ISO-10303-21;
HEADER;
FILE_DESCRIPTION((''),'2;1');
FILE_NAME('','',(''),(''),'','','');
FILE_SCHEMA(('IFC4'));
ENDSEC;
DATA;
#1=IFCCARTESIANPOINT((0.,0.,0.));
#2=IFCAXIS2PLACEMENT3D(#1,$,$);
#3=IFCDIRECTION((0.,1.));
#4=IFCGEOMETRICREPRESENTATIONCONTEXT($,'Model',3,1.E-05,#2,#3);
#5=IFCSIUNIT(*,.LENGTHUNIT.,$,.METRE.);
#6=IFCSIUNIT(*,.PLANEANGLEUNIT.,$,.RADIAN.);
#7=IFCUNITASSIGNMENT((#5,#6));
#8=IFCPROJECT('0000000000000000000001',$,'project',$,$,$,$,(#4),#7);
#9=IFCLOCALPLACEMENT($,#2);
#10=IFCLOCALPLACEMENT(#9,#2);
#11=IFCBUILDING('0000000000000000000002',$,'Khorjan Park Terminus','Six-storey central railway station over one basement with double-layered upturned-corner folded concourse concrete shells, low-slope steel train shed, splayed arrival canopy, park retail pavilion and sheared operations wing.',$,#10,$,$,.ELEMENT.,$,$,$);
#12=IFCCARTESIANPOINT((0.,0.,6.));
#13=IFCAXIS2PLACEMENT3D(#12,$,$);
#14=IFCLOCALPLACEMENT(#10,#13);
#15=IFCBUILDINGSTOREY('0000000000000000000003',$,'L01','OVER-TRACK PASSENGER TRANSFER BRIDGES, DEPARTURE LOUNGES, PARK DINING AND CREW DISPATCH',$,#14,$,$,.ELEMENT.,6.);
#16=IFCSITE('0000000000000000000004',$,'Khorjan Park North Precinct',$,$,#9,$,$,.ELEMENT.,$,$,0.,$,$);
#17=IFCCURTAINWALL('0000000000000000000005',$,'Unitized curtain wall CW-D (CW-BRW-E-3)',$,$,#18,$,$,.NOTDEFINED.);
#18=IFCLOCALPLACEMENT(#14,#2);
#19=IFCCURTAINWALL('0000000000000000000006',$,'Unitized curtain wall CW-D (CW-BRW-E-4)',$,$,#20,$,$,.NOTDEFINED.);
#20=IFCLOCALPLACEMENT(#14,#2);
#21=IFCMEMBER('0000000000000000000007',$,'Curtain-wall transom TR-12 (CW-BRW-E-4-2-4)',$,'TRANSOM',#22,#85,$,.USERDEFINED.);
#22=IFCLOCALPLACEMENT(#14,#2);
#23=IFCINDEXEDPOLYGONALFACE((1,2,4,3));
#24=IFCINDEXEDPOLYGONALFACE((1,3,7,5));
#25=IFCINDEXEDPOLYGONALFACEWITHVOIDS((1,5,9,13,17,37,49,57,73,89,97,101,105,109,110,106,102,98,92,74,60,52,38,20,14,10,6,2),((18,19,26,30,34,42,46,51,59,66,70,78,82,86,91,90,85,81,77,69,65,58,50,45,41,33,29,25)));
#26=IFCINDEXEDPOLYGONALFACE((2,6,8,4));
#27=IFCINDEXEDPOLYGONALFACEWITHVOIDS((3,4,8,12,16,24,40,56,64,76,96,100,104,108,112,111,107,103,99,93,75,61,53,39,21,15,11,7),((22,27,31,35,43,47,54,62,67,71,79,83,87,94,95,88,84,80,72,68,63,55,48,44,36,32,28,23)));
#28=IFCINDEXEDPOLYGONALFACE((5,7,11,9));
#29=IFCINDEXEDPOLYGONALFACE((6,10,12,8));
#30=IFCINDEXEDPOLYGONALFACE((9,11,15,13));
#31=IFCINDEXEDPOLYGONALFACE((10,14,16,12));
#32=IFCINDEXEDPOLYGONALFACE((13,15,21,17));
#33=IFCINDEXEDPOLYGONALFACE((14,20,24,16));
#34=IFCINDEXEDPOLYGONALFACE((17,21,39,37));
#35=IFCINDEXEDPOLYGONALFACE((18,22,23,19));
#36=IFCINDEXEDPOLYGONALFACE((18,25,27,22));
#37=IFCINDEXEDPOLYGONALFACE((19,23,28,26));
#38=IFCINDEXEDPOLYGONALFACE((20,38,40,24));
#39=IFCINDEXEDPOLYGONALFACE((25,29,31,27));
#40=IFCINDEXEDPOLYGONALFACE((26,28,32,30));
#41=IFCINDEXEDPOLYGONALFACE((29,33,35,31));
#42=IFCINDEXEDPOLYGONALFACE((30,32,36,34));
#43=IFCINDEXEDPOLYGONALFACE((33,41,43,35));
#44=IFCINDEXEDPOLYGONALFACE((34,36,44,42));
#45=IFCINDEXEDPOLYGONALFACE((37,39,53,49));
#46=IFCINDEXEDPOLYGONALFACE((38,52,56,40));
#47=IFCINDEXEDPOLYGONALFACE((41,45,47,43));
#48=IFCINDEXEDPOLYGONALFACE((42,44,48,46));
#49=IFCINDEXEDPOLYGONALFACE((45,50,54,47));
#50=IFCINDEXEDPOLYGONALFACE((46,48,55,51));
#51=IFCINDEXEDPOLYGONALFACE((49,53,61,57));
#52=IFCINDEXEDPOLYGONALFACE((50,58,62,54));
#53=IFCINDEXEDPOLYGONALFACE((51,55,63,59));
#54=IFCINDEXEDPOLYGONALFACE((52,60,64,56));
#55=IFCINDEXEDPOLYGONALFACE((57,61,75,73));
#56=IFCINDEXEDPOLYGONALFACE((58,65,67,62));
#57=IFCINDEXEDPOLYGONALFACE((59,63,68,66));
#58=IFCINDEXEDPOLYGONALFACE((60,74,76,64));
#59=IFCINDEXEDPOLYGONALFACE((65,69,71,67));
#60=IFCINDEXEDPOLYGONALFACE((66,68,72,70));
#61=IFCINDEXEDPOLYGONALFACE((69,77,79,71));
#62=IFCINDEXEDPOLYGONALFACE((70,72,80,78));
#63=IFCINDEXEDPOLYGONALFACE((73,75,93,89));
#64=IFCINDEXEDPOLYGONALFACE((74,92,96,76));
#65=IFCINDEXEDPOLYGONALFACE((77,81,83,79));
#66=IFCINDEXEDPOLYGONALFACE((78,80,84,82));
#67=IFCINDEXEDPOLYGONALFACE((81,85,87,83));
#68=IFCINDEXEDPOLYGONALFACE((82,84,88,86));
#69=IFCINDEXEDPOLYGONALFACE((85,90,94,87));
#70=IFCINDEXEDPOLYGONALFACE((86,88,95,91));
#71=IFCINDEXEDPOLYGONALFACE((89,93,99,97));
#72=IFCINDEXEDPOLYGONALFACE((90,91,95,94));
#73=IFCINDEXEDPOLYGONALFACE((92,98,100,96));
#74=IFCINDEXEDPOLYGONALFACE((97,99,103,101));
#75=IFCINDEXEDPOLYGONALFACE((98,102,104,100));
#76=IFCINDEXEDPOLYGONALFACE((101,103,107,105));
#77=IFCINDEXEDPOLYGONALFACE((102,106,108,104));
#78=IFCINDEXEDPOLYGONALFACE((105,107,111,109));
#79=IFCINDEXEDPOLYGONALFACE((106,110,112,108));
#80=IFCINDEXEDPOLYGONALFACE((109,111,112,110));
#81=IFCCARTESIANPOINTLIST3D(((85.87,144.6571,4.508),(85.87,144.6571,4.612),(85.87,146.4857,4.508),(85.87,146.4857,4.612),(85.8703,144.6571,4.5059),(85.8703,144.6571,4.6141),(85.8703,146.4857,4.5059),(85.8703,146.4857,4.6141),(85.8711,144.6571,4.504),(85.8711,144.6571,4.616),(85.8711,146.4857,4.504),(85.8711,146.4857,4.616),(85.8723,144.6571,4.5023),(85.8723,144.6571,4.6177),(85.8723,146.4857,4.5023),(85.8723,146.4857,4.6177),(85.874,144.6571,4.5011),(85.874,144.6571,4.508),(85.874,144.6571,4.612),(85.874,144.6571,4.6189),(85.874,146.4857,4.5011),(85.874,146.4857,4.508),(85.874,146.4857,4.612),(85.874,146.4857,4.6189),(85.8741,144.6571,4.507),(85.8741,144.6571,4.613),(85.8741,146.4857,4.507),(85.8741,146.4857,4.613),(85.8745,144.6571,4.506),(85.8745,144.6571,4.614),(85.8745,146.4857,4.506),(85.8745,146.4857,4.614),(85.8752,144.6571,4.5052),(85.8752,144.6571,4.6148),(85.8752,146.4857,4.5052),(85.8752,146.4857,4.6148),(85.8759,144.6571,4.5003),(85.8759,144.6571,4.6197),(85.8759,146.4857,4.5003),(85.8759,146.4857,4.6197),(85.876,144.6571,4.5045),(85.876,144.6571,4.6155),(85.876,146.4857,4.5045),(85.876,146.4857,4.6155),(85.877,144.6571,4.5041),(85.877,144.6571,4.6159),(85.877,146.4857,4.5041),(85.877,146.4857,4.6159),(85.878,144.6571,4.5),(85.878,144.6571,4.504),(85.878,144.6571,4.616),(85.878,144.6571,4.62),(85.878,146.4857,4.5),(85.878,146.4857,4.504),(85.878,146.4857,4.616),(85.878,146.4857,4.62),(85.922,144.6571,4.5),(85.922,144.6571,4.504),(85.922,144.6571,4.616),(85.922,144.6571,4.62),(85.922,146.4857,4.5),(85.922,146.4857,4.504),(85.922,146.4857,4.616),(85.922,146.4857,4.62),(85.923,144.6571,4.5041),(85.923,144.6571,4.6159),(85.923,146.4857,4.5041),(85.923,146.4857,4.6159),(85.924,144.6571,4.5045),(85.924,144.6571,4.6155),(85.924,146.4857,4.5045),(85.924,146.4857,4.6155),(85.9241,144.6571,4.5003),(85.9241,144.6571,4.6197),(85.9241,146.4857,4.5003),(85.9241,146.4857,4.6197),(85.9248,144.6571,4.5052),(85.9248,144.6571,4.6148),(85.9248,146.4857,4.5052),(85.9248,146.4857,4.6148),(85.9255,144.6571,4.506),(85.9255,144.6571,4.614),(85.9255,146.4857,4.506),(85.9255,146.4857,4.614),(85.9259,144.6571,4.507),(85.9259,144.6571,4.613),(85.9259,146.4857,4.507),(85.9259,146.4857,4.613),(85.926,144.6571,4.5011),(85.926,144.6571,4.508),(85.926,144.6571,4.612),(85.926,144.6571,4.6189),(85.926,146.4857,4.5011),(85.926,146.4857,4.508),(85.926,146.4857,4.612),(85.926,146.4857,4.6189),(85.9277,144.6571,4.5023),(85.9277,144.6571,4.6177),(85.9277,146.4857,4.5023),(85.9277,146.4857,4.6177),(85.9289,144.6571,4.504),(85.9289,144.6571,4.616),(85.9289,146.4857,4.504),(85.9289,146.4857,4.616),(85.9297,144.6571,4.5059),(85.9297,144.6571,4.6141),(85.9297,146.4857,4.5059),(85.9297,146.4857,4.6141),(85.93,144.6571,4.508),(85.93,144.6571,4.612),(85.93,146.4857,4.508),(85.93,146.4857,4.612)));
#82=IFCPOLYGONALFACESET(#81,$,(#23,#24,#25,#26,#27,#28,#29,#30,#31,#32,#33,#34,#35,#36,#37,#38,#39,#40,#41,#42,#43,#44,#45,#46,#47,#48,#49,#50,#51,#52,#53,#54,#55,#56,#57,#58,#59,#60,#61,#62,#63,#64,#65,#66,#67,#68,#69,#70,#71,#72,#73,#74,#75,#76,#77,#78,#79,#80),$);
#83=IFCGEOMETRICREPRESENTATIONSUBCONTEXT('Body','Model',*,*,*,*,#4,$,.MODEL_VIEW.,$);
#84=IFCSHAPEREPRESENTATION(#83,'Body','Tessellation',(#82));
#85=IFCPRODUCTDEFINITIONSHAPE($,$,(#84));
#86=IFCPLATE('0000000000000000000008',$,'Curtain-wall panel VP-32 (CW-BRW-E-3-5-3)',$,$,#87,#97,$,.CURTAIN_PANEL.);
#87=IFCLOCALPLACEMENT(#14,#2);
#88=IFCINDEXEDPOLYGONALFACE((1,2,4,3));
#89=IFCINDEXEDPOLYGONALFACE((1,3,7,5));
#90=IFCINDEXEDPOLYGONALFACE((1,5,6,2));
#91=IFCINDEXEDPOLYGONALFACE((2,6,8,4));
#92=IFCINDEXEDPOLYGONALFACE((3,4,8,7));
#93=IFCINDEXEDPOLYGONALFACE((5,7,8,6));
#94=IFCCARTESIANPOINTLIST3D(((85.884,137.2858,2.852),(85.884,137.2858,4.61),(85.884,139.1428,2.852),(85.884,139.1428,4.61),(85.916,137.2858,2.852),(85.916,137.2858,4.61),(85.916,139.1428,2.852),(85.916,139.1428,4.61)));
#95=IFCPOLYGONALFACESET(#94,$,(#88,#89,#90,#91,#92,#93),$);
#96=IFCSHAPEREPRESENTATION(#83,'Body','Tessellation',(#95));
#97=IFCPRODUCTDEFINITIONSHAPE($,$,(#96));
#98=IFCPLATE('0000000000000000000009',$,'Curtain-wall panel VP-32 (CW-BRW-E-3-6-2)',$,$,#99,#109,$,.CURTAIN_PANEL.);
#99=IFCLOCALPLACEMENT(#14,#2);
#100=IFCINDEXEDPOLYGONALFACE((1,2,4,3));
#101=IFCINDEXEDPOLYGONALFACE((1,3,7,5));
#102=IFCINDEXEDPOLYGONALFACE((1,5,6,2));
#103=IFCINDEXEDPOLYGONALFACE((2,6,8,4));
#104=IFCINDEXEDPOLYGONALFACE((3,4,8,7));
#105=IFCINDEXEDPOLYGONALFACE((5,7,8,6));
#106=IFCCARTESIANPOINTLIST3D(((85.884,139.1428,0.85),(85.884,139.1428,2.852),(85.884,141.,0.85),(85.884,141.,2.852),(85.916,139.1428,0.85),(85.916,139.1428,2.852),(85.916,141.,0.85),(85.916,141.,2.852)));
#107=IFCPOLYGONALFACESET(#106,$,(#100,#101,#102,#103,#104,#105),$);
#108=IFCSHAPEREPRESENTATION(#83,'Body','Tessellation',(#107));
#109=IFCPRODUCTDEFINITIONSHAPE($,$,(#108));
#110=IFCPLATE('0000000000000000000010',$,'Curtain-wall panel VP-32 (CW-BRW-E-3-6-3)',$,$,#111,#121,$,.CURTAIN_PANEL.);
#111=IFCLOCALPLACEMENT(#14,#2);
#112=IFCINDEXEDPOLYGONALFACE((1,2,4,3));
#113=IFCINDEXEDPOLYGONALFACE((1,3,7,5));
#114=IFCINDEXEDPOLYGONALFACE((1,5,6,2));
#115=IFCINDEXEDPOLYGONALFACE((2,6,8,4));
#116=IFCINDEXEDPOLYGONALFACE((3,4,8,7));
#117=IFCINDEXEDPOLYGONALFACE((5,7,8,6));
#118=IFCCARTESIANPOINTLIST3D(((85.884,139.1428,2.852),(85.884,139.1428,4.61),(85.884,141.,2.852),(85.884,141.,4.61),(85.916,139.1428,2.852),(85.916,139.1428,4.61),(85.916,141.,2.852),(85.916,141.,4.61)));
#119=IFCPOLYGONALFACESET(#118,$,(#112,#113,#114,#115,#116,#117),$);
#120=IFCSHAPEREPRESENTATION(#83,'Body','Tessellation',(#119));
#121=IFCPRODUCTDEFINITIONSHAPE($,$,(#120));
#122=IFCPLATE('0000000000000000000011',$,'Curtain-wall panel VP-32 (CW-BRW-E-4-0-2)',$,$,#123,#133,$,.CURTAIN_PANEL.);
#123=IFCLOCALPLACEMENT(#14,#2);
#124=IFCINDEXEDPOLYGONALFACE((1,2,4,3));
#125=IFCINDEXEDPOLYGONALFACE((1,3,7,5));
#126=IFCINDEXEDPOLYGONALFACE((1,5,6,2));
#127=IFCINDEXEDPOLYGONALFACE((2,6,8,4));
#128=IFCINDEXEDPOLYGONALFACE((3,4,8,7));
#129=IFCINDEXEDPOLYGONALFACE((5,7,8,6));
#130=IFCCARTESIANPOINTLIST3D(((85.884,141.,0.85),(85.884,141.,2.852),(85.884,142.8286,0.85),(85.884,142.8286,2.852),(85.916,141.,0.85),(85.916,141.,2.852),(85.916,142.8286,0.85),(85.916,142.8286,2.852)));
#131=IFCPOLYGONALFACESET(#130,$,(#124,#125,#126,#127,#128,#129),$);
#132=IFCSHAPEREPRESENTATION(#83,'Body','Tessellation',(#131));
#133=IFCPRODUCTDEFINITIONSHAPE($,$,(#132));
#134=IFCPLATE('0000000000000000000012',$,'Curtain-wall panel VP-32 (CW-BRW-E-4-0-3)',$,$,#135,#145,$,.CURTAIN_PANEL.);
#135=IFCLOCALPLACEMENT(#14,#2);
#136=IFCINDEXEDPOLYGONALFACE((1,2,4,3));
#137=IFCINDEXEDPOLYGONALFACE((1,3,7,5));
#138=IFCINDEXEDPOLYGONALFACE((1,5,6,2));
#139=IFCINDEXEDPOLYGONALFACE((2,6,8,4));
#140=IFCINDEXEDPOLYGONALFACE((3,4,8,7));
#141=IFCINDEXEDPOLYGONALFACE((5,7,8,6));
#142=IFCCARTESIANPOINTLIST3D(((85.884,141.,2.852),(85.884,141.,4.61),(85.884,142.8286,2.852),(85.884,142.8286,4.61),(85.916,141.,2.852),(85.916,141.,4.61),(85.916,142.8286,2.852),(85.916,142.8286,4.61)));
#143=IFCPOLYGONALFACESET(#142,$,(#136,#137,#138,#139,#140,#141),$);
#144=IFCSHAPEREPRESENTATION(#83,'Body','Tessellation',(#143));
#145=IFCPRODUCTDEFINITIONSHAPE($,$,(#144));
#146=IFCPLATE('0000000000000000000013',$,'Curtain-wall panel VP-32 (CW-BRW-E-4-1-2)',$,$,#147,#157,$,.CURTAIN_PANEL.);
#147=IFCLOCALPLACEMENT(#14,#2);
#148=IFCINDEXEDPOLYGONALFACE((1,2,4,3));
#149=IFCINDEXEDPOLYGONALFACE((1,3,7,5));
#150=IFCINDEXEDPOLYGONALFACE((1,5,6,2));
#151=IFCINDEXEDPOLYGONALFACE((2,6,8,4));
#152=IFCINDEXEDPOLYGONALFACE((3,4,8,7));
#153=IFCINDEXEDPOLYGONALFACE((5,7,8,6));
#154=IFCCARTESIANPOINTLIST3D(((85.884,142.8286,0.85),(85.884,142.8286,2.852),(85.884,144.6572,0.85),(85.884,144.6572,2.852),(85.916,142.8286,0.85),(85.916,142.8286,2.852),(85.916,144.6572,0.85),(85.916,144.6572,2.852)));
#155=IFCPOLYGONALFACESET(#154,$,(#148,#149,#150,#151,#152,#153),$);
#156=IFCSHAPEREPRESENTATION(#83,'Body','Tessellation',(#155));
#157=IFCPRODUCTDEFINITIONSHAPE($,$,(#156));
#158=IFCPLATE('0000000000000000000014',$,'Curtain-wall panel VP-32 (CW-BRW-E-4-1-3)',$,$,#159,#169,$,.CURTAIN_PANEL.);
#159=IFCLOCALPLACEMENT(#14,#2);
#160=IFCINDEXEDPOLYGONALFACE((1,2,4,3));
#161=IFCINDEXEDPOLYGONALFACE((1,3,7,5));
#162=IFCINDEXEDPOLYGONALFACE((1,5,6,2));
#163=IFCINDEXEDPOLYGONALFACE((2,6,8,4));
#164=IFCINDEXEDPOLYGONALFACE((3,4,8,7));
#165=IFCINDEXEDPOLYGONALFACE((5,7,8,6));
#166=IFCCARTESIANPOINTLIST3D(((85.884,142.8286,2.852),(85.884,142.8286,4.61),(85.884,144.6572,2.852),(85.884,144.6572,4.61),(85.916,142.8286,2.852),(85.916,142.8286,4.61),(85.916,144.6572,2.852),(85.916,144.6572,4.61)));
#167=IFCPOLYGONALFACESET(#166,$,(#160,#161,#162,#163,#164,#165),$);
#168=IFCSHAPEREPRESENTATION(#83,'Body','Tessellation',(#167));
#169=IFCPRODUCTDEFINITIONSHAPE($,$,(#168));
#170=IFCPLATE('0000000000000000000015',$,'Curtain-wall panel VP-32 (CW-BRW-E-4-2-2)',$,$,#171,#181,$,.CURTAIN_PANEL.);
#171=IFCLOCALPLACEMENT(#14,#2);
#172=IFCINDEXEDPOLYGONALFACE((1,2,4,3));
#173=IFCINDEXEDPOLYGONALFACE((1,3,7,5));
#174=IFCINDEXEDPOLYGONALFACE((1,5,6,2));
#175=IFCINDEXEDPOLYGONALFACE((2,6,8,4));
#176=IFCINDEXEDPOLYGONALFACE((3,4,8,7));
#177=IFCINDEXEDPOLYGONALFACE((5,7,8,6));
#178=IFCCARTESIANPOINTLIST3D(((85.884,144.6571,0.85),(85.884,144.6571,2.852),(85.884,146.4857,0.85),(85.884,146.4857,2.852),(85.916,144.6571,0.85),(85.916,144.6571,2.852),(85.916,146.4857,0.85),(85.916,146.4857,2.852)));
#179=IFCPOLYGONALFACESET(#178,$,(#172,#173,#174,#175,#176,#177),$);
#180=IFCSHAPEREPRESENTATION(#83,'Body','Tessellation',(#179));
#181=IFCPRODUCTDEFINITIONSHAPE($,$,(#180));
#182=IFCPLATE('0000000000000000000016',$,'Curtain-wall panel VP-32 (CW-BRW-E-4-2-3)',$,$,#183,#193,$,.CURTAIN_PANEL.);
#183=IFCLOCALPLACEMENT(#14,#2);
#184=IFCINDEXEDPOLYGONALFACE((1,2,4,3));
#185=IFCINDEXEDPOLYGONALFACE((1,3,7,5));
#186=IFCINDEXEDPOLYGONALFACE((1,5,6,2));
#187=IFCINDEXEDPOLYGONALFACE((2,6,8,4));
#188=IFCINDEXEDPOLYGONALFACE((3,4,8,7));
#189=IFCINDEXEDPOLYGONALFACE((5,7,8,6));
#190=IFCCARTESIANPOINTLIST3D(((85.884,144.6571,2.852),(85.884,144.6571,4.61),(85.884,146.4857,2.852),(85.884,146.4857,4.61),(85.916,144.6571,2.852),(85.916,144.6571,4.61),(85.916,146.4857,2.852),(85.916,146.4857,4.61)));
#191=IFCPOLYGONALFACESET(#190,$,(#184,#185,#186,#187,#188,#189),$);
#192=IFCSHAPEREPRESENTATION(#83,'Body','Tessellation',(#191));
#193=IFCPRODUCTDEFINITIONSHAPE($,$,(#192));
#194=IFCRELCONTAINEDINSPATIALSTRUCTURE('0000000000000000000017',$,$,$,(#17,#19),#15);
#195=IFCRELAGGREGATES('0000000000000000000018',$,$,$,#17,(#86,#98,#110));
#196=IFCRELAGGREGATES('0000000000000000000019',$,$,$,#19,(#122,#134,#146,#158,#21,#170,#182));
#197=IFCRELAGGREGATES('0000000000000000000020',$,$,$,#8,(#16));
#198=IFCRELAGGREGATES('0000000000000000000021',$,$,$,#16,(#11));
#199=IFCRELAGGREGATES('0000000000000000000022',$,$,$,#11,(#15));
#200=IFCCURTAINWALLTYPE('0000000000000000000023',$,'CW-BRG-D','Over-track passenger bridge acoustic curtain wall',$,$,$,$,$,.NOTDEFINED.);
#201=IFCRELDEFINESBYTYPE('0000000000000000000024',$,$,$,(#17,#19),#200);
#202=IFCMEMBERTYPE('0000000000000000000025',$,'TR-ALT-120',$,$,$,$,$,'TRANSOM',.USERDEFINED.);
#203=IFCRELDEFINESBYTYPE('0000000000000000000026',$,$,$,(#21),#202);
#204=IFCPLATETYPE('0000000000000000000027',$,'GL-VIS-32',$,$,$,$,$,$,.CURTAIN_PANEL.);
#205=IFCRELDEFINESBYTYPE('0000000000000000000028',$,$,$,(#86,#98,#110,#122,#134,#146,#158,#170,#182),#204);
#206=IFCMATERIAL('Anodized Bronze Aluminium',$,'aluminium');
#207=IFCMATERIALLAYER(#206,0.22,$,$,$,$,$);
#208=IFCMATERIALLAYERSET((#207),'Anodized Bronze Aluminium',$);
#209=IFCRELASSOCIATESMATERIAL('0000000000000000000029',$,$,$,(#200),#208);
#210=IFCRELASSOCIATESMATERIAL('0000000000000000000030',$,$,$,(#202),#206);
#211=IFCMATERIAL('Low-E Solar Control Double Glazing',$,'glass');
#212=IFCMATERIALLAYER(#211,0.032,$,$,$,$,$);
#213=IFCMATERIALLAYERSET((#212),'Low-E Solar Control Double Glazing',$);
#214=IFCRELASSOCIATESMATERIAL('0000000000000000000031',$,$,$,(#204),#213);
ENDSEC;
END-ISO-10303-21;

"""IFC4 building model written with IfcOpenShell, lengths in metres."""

from ifc_helpers import new_model, si_unit, direction, frame, origin, origin_2d, place, context, subcontext, project, spatial, rectangle, hollow_rectangle, extrude, material, layer, layer_set, material_profile, profile_set, type_object, element, aggregate, save


model = new_model("IFC4")

# Units and contexts
model_context = context("Model", 3, precision=1e-05, world=origin(), true_north=direction((0.0, 1.0)))
body_context = subcontext(model_context, "Body", "Model", "MODEL_VIEW")
ifc_project = project(units=[si_unit("LENGTHUNIT", "METRE"), si_unit("PLANEANGLEUNIT", "RADIAN")], contexts=[model_context])

# Site, building, storey
site_placement = place(None, origin())
site = spatial("IfcSite", under=ifc_project, at=site_placement, Name="Khorjan Park North Precinct", CompositionType="ELEMENT", RefElevation=0.0)
building_placement = place(site_placement, origin())
building = spatial("IfcBuilding", under=site, at=building_placement, Name="Khorjan Park Terminus", Description="Six-storey central railway station over one basement with double-layered upturned-corner folded concourse concrete shells, low-slope steel train shed, splayed arrival canopy, park retail pavilion and sheared operations wing.", CompositionType="ELEMENT")
storey_placement = place(building_placement, frame((0.0, 0.0, 6.0)))
storey = spatial("IfcBuildingStorey", under=building, at=storey_placement, Name="L01", Description="OVER-TRACK PASSENGER TRANSFER BRIDGES, DEPARTURE LOUNGES, PARK DINING AND CREW DISPATCH", CompositionType="ELEMENT", Elevation=6.0)

# Curtain walls
ifc_material_1 = material(Name="Anodized Bronze Aluminium", Category="aluminium")
ifc_layer_1 = layer(ifc_material_1, 0.22)
ifc_layer_set_1 = layer_set([ifc_layer_1], Name="Anodized Bronze Aluminium")
curtain_wall_type = type_object("IfcCurtainWallType", Name="CW-BRG-D", Description="Over-track passenger bridge acoustic curtain wall", PredefinedType="NOTDEFINED", material=ifc_layer_set_1)
curtain_wall_1_placement = place(storey_placement, origin())
curtain_wall_1 = element("IfcCurtainWall", 1, at=curtain_wall_1_placement, inside=storey, type_object=curtain_wall_type, Name="Unitized curtain wall CW-D (CW-BRW-E-3)", PredefinedType="NOTDEFINED")
curtain_wall_2_placement = place(storey_placement, origin())
curtain_wall_2 = element("IfcCurtainWall", 2, at=curtain_wall_2_placement, inside=storey, type_object=curtain_wall_type, Name="Unitized curtain wall CW-D (CW-BRW-E-4)", PredefinedType="NOTDEFINED")

# Member
ifc_material_profile_1 = material_profile(ifc_material_1, hollow_rectangle(XDim=0.06, YDim=0.12, WallThickness=0.004, InnerFilletRadius=0.004, OuterFilletRadius=0.008, at=origin_2d()), Name="ALT 60x120x4")
ifc_profile_set_1 = profile_set([ifc_material_profile_1], Name="Anodized Bronze Aluminium")
member_type_1 = type_object("IfcMemberType", Name="TR-ALT-120", ElementType="TRANSOM", PredefinedType="USERDEFINED", material=ifc_profile_set_1)
member_1_placement = place(storey_placement, frame((85.9, 144.6571, 4.56), z_axis=(0.0, 1.0, 0.0), x_axis=(-1.0, 0.0, 0.0)))
member_1 = element("IfcMember", 3, at=member_1_placement, type_object=member_type_1, Name="Curtain-wall transom TR-12 (CW-BRW-E-4-2-4)", ObjectType="TRANSOM", PredefinedType="USERDEFINED", context=body_context, shape_type="SweptSolid", body=[
    extrude(hollow_rectangle(XDim=0.06, YDim=0.12, WallThickness=0.004, InnerFilletRadius=0.004, OuterFilletRadius=0.008, at=origin_2d()), origin(), (0.0, 0.0, 1.0), 1.8286),
])

# Plates
ifc_material_2 = material(Name="Low-E Solar Control Double Glazing", Category="glass")
ifc_layer_2 = layer(ifc_material_2, 0.032)
ifc_layer_set_2 = layer_set([ifc_layer_2], Name="Low-E Solar Control Double Glazing")
plate_type_1 = type_object("IfcPlateType", Name="GL-VIS-32", PredefinedType="CURTAIN_PANEL", material=ifc_layer_set_2)
plate_1_placement = place(storey_placement, frame((85.9, 138.2143, 2.852), z_axis=(0.0, 0.0, 1.0), x_axis=(0.0, 1.0, 0.0)))
plate_1 = element("IfcPlate", 4, at=plate_1_placement, type_object=plate_type_1, Name="Curtain-wall panel VP-32 (CW-BRW-E-3-5-3)", PredefinedType="CURTAIN_PANEL", context=body_context, shape_type="SweptSolid", body=[
    extrude(rectangle(XDim=1.8571, YDim=0.032, at=origin_2d()), origin(), (0.0, 0.0, 1.0), 1.758),
])
plate_2_placement = place(storey_placement, frame((85.9, 140.0714, 0.85), z_axis=(0.0, 0.0, 1.0), x_axis=(0.0, 1.0, 0.0)))
plate_2 = element("IfcPlate", 5, at=plate_2_placement, type_object=plate_type_1, Name="Curtain-wall panel VP-32 (CW-BRW-E-3-6-2)", PredefinedType="CURTAIN_PANEL", context=body_context, shape_type="SweptSolid", body=[
    extrude(rectangle(XDim=1.8571, YDim=0.032, at=origin_2d()), origin(), (0.0, 0.0, 1.0), 2.002),
])
plate_3_placement = place(storey_placement, frame((85.9, 140.0714, 2.852), z_axis=(0.0, 0.0, 1.0), x_axis=(0.0, 1.0, 0.0)))
plate_3 = element("IfcPlate", 6, at=plate_3_placement, type_object=plate_type_1, Name="Curtain-wall panel VP-32 (CW-BRW-E-3-6-3)", PredefinedType="CURTAIN_PANEL", context=body_context, shape_type="SweptSolid", body=[
    extrude(rectangle(XDim=1.8571, YDim=0.032, at=origin_2d()), origin(), (0.0, 0.0, 1.0), 1.758),
])
plate_4_placement = place(storey_placement, frame((85.9, 141.9143, 0.85), z_axis=(0.0, 0.0, 1.0), x_axis=(0.0, 1.0, 0.0)))
plate_4 = element("IfcPlate", 7, at=plate_4_placement, type_object=plate_type_1, Name="Curtain-wall panel VP-32 (CW-BRW-E-4-0-2)", PredefinedType="CURTAIN_PANEL", context=body_context, shape_type="SweptSolid", body=[
    extrude(rectangle(XDim=1.8286, YDim=0.032, at=origin_2d()), origin(), (0.0, 0.0, 1.0), 2.002),
])
plate_5_placement = place(storey_placement, frame((85.9, 141.9143, 2.852), z_axis=(0.0, 0.0, 1.0), x_axis=(0.0, 1.0, 0.0)))
plate_5 = element("IfcPlate", 8, at=plate_5_placement, type_object=plate_type_1, Name="Curtain-wall panel VP-32 (CW-BRW-E-4-0-3)", PredefinedType="CURTAIN_PANEL", context=body_context, shape_type="SweptSolid", body=[
    extrude(rectangle(XDim=1.8286, YDim=0.032, at=origin_2d()), origin(), (0.0, 0.0, 1.0), 1.758),
])
plate_6_placement = place(storey_placement, frame((85.9, 143.7429, 0.85), z_axis=(0.0, 0.0, 1.0), x_axis=(0.0, 1.0, 0.0)))
plate_6 = element("IfcPlate", 9, at=plate_6_placement, type_object=plate_type_1, Name="Curtain-wall panel VP-32 (CW-BRW-E-4-1-2)", PredefinedType="CURTAIN_PANEL", context=body_context, shape_type="SweptSolid", body=[
    extrude(rectangle(XDim=1.8286, YDim=0.032, at=origin_2d()), origin(), (0.0, 0.0, 1.0), 2.002),
])
plate_7_placement = place(storey_placement, frame((85.9, 143.7429, 2.852), z_axis=(0.0, 0.0, 1.0), x_axis=(0.0, 1.0, 0.0)))
plate_7 = element("IfcPlate", 10, at=plate_7_placement, type_object=plate_type_1, Name="Curtain-wall panel VP-32 (CW-BRW-E-4-1-3)", PredefinedType="CURTAIN_PANEL", context=body_context, shape_type="SweptSolid", body=[
    extrude(rectangle(XDim=1.8286, YDim=0.032, at=origin_2d()), origin(), (0.0, 0.0, 1.0), 1.758),
])
plate_8_placement = place(storey_placement, frame((85.9, 145.5714, 0.85), z_axis=(0.0, 0.0, 1.0), x_axis=(0.0, 1.0, 0.0)))
plate_8 = element("IfcPlate", 11, at=plate_8_placement, type_object=plate_type_1, Name="Curtain-wall panel VP-32 (CW-BRW-E-4-2-2)", PredefinedType="CURTAIN_PANEL", context=body_context, shape_type="SweptSolid", body=[
    extrude(rectangle(XDim=1.8286, YDim=0.032, at=origin_2d()), origin(), (0.0, 0.0, 1.0), 2.002),
])
plate_9_placement = place(storey_placement, frame((85.9, 145.5714, 2.852), z_axis=(0.0, 0.0, 1.0), x_axis=(0.0, 1.0, 0.0)))
plate_9 = element("IfcPlate", 12, at=plate_9_placement, type_object=plate_type_1, Name="Curtain-wall panel VP-32 (CW-BRW-E-4-2-3)", PredefinedType="CURTAIN_PANEL", context=body_context, shape_type="SweptSolid", body=[
    extrude(rectangle(XDim=1.8286, YDim=0.032, at=origin_2d()), origin(), (0.0, 0.0, 1.0), 1.758),
])
aggregate(curtain_wall_1, [plate_1, plate_2, plate_3])
aggregate(curtain_wall_2, [plate_4, plate_5, plate_6, plate_7, member_1, plate_8, plate_9])

save(model, "model.ifc")
